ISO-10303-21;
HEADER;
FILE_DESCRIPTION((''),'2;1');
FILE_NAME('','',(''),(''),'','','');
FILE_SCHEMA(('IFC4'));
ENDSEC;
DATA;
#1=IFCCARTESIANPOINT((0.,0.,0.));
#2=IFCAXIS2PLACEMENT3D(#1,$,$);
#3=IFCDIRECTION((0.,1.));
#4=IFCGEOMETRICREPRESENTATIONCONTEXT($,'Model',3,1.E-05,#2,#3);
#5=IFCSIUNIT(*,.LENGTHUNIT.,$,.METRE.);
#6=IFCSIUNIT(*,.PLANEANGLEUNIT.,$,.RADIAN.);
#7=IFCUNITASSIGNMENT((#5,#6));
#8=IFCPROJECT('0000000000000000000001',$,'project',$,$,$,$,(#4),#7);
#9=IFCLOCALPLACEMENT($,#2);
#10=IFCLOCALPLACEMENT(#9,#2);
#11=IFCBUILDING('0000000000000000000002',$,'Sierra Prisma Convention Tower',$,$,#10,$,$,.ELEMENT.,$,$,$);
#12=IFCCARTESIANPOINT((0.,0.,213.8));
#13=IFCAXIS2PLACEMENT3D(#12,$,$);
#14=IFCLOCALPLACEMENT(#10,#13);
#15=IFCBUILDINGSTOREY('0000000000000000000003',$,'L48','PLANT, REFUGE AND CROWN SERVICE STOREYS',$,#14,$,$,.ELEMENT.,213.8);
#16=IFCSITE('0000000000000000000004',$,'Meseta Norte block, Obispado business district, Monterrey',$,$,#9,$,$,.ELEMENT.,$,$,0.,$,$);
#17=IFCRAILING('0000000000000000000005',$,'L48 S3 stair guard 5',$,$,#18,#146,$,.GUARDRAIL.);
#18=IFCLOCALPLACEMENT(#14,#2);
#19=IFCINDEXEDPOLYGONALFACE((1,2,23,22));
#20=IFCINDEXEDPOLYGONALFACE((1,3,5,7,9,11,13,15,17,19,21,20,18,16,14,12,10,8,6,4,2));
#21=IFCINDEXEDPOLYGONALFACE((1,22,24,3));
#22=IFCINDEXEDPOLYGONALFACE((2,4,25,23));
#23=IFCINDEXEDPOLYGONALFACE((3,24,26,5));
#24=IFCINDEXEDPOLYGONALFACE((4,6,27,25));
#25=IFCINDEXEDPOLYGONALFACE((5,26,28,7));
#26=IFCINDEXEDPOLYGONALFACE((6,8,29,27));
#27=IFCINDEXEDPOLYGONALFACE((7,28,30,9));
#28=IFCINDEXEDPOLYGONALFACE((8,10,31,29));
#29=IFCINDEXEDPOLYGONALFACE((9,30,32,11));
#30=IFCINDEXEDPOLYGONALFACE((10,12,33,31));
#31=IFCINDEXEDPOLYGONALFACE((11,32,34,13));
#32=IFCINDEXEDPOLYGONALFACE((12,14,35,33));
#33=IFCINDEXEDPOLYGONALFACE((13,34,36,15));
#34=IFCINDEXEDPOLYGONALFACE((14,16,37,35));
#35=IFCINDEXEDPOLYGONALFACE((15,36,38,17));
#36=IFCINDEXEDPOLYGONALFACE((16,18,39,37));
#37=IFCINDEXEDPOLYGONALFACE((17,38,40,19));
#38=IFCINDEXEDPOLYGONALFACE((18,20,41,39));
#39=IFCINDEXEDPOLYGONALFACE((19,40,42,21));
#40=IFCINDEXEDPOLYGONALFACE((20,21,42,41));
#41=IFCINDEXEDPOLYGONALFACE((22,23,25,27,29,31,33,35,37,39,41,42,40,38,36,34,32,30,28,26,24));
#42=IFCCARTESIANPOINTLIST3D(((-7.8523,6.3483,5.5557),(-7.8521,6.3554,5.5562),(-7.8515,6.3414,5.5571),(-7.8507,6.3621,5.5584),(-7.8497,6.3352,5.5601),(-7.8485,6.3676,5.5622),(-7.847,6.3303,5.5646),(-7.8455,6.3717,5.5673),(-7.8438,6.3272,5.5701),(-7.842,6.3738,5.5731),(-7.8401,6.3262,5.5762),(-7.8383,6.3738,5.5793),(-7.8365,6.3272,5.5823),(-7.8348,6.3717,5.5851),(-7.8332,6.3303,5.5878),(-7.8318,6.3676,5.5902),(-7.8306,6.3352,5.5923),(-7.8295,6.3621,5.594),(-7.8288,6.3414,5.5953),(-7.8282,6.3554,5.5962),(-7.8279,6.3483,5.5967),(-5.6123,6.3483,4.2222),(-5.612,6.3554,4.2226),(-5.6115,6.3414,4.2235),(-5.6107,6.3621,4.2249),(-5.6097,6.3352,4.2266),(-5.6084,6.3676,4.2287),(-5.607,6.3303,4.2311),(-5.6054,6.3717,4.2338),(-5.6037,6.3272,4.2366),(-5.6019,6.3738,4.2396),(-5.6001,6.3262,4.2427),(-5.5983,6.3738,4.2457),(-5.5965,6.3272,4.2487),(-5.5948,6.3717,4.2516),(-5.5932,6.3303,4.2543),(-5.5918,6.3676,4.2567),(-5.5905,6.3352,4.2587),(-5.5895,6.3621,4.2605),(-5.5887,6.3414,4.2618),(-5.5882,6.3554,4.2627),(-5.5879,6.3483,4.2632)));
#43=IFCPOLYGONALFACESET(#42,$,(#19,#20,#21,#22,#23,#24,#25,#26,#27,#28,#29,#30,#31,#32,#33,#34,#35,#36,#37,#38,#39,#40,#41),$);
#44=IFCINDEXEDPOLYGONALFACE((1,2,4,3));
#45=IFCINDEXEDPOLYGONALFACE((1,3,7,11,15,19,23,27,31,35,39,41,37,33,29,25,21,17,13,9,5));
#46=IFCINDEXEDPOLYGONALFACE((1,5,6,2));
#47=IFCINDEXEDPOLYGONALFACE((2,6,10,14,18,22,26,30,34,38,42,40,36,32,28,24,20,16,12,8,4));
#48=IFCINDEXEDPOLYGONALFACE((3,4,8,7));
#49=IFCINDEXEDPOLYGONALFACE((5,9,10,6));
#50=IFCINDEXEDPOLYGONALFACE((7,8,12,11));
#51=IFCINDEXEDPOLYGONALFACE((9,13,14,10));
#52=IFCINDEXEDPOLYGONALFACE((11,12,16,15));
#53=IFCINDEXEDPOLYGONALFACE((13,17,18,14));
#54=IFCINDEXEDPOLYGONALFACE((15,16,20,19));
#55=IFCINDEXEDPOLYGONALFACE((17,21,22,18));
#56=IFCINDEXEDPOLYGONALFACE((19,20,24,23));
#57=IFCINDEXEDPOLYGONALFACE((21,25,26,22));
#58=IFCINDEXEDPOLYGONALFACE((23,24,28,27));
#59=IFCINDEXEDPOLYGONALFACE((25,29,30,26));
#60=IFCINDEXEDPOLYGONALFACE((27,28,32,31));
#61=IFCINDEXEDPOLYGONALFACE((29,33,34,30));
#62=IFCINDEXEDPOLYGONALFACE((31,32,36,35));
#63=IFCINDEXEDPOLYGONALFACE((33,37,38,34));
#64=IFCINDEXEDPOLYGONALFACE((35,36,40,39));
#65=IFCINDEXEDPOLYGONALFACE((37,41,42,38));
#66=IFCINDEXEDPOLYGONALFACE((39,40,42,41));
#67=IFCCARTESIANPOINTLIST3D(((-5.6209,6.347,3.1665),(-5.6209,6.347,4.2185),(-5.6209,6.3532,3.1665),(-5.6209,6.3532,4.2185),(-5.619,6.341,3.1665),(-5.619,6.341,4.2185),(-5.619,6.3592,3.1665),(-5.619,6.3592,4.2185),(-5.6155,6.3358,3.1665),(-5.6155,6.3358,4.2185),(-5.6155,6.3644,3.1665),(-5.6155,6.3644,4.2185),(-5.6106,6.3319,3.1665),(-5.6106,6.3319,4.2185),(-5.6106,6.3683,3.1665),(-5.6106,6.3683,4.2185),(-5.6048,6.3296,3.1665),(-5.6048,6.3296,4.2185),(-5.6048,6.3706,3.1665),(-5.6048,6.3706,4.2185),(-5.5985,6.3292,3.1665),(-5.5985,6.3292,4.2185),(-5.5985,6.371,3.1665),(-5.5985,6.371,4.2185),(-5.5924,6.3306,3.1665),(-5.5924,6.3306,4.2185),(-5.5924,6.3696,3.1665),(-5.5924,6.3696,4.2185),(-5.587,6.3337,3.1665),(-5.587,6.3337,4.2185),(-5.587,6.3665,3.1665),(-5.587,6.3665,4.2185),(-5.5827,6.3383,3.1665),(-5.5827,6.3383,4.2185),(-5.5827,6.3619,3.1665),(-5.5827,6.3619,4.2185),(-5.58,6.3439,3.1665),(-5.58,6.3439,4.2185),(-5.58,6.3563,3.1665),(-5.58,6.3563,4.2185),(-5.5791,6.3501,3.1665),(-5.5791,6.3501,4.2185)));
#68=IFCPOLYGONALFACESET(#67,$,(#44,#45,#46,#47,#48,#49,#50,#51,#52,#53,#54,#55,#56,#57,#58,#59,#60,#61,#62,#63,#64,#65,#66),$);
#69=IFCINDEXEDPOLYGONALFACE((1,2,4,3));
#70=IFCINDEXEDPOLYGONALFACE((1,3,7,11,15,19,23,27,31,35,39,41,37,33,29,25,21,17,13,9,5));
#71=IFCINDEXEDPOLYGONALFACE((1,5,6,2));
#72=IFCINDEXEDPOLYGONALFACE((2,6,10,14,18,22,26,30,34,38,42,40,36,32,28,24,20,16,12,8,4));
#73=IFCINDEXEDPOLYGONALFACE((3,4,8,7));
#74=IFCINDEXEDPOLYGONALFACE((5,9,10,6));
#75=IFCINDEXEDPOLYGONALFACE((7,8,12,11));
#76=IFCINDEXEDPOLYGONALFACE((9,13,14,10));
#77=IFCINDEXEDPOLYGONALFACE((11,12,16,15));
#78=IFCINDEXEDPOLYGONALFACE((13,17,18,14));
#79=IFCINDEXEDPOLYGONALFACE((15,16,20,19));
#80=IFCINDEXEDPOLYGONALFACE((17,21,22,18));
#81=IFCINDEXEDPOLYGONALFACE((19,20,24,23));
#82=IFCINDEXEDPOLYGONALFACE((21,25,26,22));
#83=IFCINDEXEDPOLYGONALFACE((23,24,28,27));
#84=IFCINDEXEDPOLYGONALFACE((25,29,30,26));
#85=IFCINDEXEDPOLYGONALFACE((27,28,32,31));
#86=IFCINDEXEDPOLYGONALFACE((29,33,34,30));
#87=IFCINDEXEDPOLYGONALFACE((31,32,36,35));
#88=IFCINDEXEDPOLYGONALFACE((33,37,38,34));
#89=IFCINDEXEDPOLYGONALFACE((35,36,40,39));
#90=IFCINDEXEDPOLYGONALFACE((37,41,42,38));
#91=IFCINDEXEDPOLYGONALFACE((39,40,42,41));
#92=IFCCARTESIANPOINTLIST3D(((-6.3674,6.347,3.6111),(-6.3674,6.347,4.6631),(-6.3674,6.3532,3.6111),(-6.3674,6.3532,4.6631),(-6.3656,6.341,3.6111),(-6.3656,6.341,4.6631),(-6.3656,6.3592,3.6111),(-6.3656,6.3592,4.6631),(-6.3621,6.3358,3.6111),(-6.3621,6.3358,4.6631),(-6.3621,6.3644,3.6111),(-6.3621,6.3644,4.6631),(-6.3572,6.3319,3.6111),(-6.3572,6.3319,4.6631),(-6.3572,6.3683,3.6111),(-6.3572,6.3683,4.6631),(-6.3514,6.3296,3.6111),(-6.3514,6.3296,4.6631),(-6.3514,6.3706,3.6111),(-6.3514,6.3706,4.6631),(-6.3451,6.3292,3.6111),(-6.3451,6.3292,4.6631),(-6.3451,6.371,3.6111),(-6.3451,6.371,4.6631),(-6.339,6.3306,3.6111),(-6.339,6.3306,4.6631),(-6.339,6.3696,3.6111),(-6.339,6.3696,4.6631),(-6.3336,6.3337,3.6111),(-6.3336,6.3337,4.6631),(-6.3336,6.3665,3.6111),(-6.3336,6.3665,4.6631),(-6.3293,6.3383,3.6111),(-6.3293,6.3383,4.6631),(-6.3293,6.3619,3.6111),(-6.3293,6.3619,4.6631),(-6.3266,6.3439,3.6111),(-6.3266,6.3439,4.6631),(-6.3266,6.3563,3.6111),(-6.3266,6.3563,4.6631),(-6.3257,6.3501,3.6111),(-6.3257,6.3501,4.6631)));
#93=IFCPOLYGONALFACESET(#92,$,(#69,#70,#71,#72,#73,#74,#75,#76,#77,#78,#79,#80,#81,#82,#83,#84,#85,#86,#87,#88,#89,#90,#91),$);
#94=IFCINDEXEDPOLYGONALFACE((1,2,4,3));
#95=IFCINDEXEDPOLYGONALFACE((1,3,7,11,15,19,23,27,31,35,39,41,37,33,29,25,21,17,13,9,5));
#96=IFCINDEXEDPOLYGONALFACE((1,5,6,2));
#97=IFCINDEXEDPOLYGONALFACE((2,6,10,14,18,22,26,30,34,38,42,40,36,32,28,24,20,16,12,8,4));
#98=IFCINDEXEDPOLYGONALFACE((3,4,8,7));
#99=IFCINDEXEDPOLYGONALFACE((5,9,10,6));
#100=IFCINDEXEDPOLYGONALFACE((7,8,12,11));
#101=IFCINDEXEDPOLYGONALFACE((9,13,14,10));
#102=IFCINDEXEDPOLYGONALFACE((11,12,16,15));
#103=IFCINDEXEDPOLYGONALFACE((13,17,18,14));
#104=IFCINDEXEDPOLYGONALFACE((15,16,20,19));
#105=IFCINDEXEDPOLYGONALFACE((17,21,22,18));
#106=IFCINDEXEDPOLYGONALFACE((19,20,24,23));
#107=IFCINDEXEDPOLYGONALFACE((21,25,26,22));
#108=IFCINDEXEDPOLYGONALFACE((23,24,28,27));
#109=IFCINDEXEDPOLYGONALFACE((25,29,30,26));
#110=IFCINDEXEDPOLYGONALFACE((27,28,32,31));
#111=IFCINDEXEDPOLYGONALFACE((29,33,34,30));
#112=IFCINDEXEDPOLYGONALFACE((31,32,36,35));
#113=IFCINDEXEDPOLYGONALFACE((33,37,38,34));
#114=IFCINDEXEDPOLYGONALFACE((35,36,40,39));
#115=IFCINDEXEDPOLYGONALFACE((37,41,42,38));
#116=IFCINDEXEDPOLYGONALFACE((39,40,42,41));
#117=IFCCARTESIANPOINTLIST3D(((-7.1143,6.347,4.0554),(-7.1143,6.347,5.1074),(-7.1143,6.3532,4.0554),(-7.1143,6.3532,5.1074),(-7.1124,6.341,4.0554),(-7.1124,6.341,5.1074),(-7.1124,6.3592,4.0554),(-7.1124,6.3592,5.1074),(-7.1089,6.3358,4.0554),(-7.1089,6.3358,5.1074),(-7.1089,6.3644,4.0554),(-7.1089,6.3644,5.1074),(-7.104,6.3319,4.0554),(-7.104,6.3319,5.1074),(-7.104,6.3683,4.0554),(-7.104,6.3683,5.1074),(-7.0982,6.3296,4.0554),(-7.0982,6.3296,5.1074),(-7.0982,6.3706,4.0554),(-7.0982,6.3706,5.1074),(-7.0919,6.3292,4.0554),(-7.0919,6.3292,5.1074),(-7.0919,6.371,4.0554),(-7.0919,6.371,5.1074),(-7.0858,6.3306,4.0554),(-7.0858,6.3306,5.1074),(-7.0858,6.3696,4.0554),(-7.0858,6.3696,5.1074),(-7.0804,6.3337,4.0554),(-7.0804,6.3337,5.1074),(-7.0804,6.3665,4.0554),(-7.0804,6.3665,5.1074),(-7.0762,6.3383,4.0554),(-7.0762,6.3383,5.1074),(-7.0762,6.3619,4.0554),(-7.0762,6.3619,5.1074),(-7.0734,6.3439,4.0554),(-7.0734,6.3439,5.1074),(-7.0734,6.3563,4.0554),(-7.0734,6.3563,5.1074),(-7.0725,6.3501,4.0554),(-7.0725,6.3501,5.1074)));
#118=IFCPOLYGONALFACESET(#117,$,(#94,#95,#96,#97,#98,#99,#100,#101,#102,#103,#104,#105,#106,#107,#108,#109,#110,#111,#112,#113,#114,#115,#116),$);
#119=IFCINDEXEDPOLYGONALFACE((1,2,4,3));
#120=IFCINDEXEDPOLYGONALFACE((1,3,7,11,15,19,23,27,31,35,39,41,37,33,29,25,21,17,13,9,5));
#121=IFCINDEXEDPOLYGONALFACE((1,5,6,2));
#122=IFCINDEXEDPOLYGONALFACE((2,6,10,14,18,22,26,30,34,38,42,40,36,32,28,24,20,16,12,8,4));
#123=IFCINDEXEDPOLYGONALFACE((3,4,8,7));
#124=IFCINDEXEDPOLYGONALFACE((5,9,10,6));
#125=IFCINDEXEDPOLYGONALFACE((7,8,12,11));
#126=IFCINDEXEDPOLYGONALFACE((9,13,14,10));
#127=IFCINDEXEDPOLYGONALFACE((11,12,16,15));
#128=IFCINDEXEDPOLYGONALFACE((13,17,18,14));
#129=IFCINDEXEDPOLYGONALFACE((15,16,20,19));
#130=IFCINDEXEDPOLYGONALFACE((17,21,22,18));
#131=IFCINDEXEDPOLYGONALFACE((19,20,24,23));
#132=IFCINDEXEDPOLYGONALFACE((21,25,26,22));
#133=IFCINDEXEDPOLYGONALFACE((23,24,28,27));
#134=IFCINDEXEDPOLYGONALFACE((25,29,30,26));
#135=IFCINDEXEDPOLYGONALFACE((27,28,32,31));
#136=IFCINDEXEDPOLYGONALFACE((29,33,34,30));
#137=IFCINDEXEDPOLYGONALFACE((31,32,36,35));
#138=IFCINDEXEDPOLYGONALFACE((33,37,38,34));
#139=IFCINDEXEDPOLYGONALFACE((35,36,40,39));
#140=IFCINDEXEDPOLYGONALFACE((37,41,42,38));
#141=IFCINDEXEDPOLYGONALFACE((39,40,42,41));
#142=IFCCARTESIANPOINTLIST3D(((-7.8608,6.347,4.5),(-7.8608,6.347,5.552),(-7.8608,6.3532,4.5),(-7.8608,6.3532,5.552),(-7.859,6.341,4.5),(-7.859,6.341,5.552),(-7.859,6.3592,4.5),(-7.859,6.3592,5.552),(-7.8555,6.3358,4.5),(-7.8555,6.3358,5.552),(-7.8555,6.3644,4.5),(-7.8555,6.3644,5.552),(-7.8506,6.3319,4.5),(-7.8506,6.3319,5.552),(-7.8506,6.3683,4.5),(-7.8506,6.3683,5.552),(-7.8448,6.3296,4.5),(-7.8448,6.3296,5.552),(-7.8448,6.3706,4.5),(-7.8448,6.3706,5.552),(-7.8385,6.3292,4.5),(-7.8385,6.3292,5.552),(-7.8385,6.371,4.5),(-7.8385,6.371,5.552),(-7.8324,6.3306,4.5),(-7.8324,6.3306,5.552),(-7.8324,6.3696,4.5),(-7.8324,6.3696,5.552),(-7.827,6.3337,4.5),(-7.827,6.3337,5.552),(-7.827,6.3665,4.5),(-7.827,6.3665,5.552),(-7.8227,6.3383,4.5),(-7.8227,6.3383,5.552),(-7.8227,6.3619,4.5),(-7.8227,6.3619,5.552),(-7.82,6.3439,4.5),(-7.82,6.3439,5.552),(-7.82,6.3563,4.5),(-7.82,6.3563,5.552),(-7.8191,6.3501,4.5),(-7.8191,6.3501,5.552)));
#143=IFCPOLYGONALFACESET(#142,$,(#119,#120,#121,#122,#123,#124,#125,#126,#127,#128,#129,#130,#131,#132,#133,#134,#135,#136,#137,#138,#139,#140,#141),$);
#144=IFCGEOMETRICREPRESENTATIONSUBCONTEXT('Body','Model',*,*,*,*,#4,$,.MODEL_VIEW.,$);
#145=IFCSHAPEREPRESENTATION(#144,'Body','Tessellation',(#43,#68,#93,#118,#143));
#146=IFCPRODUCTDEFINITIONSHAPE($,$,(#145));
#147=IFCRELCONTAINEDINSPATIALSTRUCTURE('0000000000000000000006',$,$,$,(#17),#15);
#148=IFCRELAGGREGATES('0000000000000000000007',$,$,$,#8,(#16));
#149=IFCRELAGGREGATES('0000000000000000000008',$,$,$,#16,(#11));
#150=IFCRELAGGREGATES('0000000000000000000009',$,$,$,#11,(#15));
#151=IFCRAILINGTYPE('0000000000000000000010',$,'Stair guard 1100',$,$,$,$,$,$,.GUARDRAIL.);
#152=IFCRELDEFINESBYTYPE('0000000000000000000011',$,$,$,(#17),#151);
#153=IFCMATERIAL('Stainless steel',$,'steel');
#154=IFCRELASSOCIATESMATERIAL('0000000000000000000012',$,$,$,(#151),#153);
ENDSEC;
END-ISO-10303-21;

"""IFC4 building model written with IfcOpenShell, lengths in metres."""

from ifc_helpers import new_model, si_unit, direction, frame, origin, origin_2d, place, context, subcontext, project, spatial, circle, extrude, material, type_object, element, save


model = new_model("IFC4")

# Units and contexts
model_context = context("Model", 3, precision=1e-05, world=origin(), true_north=direction((0.0, 1.0)))
body_context = subcontext(model_context, "Body", "Model", "MODEL_VIEW")
ifc_project = project(units=[si_unit("LENGTHUNIT", "METRE"), si_unit("PLANEANGLEUNIT", "RADIAN")], contexts=[model_context])

# Site, building, storey
site_placement = place(None, origin())
site = spatial("IfcSite", under=ifc_project, at=site_placement, Name="Meseta Norte block, Obispado business district, Monterrey", CompositionType="ELEMENT", RefElevation=0.0)
building_placement = place(site_placement, origin())
building = spatial("IfcBuilding", under=site, at=building_placement, Name="Sierra Prisma Convention Tower", CompositionType="ELEMENT")
storey_placement = place(building_placement, frame((0.0, 0.0, 213.8)))
storey = spatial("IfcBuildingStorey", under=building, at=storey_placement, Name="L48", Description="PLANT, REFUGE AND CROWN SERVICE STOREYS", CompositionType="ELEMENT", Elevation=213.8)

# Railing
ifc_material_1 = material(Name="Stainless steel", Category="steel")
railing_type_1 = type_object("IfcRailingType", Name="Stair guard 1100", PredefinedType="GUARDRAIL", material=ifc_material_1)
railing_1_placement = place(storey_placement, frame((-5.6001, 6.3501, 3.1665)))
element("IfcRailing", 1, at=railing_1_placement, inside=storey, type_object=railing_type_1, Name="L48 S3 stair guard 5", PredefinedType="GUARDRAIL", context=body_context, shape_type="SweptSolid", body=[
    extrude(circle(Radius=0.0239, at=origin_2d()), frame((0.0, 0.0, 1.0762), z_axis=(-0.859264, 0.0, 0.511532), x_axis=(0.0, -1.0, 0.0)), (0.0, 0.0, 1.0), 2.6069),
    extrude(circle(Radius=0.021, at=origin_2d()), origin(), (0.0, 0.0, 1.0), 1.052),
    extrude(circle(Radius=0.021, at=origin_2d()), frame((-0.7466, 0.0, 0.4446)), (0.0, 0.0, 1.0), 1.052),
    extrude(circle(Radius=0.021, at=origin_2d()), frame((-1.4934, 0.0, 0.8889)), (0.0, 0.0, 1.0), 1.052),
    extrude(circle(Radius=0.021, at=origin_2d()), frame((-2.24, 0.0, 1.3335)), (0.0, 0.0, 1.0), 1.052),
])

save(model, "model.ifc")
